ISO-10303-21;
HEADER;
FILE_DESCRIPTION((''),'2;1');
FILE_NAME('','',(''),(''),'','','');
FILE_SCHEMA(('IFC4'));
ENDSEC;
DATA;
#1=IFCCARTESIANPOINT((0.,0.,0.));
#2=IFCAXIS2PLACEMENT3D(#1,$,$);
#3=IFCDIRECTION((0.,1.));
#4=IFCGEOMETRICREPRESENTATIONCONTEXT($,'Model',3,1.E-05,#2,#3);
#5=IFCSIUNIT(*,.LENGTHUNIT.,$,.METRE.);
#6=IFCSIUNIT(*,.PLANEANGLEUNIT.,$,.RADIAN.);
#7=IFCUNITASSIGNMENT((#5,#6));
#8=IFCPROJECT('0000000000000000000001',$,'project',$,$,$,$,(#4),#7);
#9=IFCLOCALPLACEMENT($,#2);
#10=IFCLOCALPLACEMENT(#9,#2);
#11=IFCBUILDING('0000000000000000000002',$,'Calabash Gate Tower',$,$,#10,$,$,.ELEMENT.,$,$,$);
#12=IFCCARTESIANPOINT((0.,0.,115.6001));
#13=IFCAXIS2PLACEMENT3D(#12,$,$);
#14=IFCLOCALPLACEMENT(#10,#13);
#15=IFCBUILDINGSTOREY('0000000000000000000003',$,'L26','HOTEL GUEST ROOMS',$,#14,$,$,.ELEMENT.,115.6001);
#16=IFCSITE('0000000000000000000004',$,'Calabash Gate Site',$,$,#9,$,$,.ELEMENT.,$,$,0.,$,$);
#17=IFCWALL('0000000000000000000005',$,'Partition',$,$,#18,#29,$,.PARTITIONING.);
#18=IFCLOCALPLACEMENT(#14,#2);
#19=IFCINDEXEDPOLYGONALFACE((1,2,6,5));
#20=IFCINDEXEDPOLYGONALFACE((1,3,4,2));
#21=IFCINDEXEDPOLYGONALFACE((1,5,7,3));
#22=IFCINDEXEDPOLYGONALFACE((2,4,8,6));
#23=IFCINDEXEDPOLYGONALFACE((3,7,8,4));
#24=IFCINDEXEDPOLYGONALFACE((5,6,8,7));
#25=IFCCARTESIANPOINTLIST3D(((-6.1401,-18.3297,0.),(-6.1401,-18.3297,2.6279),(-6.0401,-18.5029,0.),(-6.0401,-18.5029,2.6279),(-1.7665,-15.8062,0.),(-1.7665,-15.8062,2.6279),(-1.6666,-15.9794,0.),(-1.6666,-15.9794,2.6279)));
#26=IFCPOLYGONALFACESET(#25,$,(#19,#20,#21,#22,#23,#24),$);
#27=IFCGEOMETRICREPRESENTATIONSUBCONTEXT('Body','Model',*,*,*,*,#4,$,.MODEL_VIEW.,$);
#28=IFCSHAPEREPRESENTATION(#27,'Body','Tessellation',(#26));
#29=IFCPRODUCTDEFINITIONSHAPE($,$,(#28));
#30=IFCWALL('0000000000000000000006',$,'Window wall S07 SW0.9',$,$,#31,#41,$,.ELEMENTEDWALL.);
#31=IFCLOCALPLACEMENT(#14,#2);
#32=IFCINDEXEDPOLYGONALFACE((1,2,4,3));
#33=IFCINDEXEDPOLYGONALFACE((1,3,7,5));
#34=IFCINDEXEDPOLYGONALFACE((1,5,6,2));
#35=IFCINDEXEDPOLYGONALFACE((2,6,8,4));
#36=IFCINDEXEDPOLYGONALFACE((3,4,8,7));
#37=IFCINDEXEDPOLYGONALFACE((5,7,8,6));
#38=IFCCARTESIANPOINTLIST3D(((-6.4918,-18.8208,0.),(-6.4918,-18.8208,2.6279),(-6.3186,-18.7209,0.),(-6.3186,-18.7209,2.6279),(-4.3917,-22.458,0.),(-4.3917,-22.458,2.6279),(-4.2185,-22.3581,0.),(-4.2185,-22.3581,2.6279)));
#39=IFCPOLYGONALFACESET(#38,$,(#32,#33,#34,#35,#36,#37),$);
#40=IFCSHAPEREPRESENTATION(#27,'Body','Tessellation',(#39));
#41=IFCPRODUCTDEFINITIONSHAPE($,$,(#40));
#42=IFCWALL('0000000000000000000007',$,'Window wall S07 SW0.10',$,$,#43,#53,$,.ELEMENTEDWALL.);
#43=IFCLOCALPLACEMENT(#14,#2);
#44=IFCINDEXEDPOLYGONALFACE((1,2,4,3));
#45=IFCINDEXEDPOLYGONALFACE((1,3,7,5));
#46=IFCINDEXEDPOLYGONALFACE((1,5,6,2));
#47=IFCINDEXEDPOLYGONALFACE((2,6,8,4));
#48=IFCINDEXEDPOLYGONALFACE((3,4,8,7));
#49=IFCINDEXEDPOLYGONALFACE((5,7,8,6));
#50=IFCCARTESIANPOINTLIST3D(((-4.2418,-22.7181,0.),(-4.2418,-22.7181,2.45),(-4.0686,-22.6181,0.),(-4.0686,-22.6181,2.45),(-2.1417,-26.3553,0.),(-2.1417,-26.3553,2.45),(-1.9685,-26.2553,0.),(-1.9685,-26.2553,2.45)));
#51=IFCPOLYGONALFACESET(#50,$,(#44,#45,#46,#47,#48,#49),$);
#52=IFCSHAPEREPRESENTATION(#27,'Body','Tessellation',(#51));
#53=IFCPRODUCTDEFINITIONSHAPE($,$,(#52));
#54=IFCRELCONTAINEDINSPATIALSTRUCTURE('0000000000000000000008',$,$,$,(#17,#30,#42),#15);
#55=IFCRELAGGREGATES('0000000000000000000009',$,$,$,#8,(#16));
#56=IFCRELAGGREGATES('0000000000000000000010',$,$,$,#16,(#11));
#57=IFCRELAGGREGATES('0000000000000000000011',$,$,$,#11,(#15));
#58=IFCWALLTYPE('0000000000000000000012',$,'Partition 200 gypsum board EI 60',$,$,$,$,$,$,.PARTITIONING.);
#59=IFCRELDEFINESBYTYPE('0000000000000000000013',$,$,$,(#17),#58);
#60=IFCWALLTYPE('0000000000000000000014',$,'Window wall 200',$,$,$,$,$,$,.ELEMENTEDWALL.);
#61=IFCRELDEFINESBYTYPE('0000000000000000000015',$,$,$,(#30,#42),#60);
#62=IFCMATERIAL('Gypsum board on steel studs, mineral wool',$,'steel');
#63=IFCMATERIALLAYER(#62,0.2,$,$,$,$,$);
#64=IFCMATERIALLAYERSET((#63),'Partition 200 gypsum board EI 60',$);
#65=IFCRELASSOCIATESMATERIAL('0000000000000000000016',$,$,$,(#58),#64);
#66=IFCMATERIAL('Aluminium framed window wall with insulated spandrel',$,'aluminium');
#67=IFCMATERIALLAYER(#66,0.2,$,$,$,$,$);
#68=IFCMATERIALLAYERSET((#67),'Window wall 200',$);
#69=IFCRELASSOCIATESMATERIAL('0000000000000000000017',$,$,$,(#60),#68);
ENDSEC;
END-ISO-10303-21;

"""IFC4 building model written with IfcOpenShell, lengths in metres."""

from ifc_helpers import new_model, si_unit, direction, frame, frame_2d, origin, place, context, subcontext, project, spatial, rectangle, extrude, material, layer, layer_set, type_object, element, save


model = new_model("IFC4")

# Units and contexts
model_context = context("Model", 3, precision=1e-05, world=origin(), true_north=direction((0.0, 1.0)))
body_context = subcontext(model_context, "Body", "Model", "MODEL_VIEW")
ifc_project = project(units=[si_unit("LENGTHUNIT", "METRE"), si_unit("PLANEANGLEUNIT", "RADIAN")], contexts=[model_context])

# Site, building, storey
site_placement = place(None, origin())
site = spatial("IfcSite", under=ifc_project, at=site_placement, Name="Calabash Gate Site", CompositionType="ELEMENT", RefElevation=0.0)
building_placement = place(site_placement, origin())
building = spatial("IfcBuilding", under=site, at=building_placement, Name="Calabash Gate Tower", CompositionType="ELEMENT")
storey_placement = place(building_placement, frame((0.0, 0.0, 115.6001)))
storey = spatial("IfcBuildingStorey", under=building, at=storey_placement, Name="L26", Description="HOTEL GUEST ROOMS", CompositionType="ELEMENT", Elevation=115.6001)

# Walls
ifc_material_1 = material(Name="Gypsum board on steel studs, mineral wool", Category="steel")
ifc_layer_1 = layer(ifc_material_1, 0.2)
ifc_layer_set_1 = layer_set([ifc_layer_1], Name="Partition 200 gypsum board EI 60")
wall_type_1 = type_object("IfcWallType", Name="Partition 200 gypsum board EI 60", PredefinedType="PARTITIONING", material=ifc_layer_set_1)
wall_1_placement = place(storey_placement, frame((-6.0901, -18.4163, 0.0), z_axis=(0.0, 0.0, 1.0), x_axis=(0.866165, 0.499759, 0.0)))
element("IfcWall", 1, at=wall_1_placement, inside=storey, type_object=wall_type_1, Name="Partition", PredefinedType="PARTITIONING", context=body_context, shape_type="SweptSolid", body=[
    extrude(rectangle(XDim=5.0493, YDim=0.2, at=frame_2d((2.5247, 0.0))), origin(), (0.0, 0.0, 1.0), 2.6279),
])
ifc_material_2 = material(Name="Aluminium framed window wall with insulated spandrel", Category="aluminium")
ifc_layer_2 = layer(ifc_material_2, 0.2)
ifc_layer_set_2 = layer_set([ifc_layer_2], Name="Window wall 200")
wall_type_2 = type_object("IfcWallType", Name="Window wall 200", PredefinedType="ELEMENTEDWALL", material=ifc_layer_set_2)
wall_2_placement = place(storey_placement, frame((-6.4053, -18.7708, 0.0), z_axis=(0.0, 0.0, 1.0), x_axis=(0.500028, -0.866009, 0.0)))
element("IfcWall", 2, at=wall_2_placement, inside=storey, type_object=wall_type_2, Name="Window wall S07 SW0.9", PredefinedType="ELEMENTEDWALL", context=body_context, shape_type="SweptSolid", body=[
    extrude(rectangle(XDim=4.2, YDim=0.2, at=frame_2d((2.1001, 0.0))), origin(), (0.0, 0.0, 1.0), 2.6279),
])
wall_3_placement = place(storey_placement, frame((-4.1553, -22.668, 0.0), z_axis=(0.0, 0.0, 1.0), x_axis=(0.500028, -0.866009, 0.0)))
element("IfcWall", 3, at=wall_3_placement, inside=storey, type_object=wall_type_2, Name="Window wall S07 SW0.10", PredefinedType="ELEMENTEDWALL", context=body_context, shape_type="SweptSolid", body=[
    extrude(rectangle(XDim=4.2, YDim=0.2, at=frame_2d((2.1001, 0.0))), origin(), (0.0, 0.0, 1.0), 2.45),
])

save(model, "model.ifc")
